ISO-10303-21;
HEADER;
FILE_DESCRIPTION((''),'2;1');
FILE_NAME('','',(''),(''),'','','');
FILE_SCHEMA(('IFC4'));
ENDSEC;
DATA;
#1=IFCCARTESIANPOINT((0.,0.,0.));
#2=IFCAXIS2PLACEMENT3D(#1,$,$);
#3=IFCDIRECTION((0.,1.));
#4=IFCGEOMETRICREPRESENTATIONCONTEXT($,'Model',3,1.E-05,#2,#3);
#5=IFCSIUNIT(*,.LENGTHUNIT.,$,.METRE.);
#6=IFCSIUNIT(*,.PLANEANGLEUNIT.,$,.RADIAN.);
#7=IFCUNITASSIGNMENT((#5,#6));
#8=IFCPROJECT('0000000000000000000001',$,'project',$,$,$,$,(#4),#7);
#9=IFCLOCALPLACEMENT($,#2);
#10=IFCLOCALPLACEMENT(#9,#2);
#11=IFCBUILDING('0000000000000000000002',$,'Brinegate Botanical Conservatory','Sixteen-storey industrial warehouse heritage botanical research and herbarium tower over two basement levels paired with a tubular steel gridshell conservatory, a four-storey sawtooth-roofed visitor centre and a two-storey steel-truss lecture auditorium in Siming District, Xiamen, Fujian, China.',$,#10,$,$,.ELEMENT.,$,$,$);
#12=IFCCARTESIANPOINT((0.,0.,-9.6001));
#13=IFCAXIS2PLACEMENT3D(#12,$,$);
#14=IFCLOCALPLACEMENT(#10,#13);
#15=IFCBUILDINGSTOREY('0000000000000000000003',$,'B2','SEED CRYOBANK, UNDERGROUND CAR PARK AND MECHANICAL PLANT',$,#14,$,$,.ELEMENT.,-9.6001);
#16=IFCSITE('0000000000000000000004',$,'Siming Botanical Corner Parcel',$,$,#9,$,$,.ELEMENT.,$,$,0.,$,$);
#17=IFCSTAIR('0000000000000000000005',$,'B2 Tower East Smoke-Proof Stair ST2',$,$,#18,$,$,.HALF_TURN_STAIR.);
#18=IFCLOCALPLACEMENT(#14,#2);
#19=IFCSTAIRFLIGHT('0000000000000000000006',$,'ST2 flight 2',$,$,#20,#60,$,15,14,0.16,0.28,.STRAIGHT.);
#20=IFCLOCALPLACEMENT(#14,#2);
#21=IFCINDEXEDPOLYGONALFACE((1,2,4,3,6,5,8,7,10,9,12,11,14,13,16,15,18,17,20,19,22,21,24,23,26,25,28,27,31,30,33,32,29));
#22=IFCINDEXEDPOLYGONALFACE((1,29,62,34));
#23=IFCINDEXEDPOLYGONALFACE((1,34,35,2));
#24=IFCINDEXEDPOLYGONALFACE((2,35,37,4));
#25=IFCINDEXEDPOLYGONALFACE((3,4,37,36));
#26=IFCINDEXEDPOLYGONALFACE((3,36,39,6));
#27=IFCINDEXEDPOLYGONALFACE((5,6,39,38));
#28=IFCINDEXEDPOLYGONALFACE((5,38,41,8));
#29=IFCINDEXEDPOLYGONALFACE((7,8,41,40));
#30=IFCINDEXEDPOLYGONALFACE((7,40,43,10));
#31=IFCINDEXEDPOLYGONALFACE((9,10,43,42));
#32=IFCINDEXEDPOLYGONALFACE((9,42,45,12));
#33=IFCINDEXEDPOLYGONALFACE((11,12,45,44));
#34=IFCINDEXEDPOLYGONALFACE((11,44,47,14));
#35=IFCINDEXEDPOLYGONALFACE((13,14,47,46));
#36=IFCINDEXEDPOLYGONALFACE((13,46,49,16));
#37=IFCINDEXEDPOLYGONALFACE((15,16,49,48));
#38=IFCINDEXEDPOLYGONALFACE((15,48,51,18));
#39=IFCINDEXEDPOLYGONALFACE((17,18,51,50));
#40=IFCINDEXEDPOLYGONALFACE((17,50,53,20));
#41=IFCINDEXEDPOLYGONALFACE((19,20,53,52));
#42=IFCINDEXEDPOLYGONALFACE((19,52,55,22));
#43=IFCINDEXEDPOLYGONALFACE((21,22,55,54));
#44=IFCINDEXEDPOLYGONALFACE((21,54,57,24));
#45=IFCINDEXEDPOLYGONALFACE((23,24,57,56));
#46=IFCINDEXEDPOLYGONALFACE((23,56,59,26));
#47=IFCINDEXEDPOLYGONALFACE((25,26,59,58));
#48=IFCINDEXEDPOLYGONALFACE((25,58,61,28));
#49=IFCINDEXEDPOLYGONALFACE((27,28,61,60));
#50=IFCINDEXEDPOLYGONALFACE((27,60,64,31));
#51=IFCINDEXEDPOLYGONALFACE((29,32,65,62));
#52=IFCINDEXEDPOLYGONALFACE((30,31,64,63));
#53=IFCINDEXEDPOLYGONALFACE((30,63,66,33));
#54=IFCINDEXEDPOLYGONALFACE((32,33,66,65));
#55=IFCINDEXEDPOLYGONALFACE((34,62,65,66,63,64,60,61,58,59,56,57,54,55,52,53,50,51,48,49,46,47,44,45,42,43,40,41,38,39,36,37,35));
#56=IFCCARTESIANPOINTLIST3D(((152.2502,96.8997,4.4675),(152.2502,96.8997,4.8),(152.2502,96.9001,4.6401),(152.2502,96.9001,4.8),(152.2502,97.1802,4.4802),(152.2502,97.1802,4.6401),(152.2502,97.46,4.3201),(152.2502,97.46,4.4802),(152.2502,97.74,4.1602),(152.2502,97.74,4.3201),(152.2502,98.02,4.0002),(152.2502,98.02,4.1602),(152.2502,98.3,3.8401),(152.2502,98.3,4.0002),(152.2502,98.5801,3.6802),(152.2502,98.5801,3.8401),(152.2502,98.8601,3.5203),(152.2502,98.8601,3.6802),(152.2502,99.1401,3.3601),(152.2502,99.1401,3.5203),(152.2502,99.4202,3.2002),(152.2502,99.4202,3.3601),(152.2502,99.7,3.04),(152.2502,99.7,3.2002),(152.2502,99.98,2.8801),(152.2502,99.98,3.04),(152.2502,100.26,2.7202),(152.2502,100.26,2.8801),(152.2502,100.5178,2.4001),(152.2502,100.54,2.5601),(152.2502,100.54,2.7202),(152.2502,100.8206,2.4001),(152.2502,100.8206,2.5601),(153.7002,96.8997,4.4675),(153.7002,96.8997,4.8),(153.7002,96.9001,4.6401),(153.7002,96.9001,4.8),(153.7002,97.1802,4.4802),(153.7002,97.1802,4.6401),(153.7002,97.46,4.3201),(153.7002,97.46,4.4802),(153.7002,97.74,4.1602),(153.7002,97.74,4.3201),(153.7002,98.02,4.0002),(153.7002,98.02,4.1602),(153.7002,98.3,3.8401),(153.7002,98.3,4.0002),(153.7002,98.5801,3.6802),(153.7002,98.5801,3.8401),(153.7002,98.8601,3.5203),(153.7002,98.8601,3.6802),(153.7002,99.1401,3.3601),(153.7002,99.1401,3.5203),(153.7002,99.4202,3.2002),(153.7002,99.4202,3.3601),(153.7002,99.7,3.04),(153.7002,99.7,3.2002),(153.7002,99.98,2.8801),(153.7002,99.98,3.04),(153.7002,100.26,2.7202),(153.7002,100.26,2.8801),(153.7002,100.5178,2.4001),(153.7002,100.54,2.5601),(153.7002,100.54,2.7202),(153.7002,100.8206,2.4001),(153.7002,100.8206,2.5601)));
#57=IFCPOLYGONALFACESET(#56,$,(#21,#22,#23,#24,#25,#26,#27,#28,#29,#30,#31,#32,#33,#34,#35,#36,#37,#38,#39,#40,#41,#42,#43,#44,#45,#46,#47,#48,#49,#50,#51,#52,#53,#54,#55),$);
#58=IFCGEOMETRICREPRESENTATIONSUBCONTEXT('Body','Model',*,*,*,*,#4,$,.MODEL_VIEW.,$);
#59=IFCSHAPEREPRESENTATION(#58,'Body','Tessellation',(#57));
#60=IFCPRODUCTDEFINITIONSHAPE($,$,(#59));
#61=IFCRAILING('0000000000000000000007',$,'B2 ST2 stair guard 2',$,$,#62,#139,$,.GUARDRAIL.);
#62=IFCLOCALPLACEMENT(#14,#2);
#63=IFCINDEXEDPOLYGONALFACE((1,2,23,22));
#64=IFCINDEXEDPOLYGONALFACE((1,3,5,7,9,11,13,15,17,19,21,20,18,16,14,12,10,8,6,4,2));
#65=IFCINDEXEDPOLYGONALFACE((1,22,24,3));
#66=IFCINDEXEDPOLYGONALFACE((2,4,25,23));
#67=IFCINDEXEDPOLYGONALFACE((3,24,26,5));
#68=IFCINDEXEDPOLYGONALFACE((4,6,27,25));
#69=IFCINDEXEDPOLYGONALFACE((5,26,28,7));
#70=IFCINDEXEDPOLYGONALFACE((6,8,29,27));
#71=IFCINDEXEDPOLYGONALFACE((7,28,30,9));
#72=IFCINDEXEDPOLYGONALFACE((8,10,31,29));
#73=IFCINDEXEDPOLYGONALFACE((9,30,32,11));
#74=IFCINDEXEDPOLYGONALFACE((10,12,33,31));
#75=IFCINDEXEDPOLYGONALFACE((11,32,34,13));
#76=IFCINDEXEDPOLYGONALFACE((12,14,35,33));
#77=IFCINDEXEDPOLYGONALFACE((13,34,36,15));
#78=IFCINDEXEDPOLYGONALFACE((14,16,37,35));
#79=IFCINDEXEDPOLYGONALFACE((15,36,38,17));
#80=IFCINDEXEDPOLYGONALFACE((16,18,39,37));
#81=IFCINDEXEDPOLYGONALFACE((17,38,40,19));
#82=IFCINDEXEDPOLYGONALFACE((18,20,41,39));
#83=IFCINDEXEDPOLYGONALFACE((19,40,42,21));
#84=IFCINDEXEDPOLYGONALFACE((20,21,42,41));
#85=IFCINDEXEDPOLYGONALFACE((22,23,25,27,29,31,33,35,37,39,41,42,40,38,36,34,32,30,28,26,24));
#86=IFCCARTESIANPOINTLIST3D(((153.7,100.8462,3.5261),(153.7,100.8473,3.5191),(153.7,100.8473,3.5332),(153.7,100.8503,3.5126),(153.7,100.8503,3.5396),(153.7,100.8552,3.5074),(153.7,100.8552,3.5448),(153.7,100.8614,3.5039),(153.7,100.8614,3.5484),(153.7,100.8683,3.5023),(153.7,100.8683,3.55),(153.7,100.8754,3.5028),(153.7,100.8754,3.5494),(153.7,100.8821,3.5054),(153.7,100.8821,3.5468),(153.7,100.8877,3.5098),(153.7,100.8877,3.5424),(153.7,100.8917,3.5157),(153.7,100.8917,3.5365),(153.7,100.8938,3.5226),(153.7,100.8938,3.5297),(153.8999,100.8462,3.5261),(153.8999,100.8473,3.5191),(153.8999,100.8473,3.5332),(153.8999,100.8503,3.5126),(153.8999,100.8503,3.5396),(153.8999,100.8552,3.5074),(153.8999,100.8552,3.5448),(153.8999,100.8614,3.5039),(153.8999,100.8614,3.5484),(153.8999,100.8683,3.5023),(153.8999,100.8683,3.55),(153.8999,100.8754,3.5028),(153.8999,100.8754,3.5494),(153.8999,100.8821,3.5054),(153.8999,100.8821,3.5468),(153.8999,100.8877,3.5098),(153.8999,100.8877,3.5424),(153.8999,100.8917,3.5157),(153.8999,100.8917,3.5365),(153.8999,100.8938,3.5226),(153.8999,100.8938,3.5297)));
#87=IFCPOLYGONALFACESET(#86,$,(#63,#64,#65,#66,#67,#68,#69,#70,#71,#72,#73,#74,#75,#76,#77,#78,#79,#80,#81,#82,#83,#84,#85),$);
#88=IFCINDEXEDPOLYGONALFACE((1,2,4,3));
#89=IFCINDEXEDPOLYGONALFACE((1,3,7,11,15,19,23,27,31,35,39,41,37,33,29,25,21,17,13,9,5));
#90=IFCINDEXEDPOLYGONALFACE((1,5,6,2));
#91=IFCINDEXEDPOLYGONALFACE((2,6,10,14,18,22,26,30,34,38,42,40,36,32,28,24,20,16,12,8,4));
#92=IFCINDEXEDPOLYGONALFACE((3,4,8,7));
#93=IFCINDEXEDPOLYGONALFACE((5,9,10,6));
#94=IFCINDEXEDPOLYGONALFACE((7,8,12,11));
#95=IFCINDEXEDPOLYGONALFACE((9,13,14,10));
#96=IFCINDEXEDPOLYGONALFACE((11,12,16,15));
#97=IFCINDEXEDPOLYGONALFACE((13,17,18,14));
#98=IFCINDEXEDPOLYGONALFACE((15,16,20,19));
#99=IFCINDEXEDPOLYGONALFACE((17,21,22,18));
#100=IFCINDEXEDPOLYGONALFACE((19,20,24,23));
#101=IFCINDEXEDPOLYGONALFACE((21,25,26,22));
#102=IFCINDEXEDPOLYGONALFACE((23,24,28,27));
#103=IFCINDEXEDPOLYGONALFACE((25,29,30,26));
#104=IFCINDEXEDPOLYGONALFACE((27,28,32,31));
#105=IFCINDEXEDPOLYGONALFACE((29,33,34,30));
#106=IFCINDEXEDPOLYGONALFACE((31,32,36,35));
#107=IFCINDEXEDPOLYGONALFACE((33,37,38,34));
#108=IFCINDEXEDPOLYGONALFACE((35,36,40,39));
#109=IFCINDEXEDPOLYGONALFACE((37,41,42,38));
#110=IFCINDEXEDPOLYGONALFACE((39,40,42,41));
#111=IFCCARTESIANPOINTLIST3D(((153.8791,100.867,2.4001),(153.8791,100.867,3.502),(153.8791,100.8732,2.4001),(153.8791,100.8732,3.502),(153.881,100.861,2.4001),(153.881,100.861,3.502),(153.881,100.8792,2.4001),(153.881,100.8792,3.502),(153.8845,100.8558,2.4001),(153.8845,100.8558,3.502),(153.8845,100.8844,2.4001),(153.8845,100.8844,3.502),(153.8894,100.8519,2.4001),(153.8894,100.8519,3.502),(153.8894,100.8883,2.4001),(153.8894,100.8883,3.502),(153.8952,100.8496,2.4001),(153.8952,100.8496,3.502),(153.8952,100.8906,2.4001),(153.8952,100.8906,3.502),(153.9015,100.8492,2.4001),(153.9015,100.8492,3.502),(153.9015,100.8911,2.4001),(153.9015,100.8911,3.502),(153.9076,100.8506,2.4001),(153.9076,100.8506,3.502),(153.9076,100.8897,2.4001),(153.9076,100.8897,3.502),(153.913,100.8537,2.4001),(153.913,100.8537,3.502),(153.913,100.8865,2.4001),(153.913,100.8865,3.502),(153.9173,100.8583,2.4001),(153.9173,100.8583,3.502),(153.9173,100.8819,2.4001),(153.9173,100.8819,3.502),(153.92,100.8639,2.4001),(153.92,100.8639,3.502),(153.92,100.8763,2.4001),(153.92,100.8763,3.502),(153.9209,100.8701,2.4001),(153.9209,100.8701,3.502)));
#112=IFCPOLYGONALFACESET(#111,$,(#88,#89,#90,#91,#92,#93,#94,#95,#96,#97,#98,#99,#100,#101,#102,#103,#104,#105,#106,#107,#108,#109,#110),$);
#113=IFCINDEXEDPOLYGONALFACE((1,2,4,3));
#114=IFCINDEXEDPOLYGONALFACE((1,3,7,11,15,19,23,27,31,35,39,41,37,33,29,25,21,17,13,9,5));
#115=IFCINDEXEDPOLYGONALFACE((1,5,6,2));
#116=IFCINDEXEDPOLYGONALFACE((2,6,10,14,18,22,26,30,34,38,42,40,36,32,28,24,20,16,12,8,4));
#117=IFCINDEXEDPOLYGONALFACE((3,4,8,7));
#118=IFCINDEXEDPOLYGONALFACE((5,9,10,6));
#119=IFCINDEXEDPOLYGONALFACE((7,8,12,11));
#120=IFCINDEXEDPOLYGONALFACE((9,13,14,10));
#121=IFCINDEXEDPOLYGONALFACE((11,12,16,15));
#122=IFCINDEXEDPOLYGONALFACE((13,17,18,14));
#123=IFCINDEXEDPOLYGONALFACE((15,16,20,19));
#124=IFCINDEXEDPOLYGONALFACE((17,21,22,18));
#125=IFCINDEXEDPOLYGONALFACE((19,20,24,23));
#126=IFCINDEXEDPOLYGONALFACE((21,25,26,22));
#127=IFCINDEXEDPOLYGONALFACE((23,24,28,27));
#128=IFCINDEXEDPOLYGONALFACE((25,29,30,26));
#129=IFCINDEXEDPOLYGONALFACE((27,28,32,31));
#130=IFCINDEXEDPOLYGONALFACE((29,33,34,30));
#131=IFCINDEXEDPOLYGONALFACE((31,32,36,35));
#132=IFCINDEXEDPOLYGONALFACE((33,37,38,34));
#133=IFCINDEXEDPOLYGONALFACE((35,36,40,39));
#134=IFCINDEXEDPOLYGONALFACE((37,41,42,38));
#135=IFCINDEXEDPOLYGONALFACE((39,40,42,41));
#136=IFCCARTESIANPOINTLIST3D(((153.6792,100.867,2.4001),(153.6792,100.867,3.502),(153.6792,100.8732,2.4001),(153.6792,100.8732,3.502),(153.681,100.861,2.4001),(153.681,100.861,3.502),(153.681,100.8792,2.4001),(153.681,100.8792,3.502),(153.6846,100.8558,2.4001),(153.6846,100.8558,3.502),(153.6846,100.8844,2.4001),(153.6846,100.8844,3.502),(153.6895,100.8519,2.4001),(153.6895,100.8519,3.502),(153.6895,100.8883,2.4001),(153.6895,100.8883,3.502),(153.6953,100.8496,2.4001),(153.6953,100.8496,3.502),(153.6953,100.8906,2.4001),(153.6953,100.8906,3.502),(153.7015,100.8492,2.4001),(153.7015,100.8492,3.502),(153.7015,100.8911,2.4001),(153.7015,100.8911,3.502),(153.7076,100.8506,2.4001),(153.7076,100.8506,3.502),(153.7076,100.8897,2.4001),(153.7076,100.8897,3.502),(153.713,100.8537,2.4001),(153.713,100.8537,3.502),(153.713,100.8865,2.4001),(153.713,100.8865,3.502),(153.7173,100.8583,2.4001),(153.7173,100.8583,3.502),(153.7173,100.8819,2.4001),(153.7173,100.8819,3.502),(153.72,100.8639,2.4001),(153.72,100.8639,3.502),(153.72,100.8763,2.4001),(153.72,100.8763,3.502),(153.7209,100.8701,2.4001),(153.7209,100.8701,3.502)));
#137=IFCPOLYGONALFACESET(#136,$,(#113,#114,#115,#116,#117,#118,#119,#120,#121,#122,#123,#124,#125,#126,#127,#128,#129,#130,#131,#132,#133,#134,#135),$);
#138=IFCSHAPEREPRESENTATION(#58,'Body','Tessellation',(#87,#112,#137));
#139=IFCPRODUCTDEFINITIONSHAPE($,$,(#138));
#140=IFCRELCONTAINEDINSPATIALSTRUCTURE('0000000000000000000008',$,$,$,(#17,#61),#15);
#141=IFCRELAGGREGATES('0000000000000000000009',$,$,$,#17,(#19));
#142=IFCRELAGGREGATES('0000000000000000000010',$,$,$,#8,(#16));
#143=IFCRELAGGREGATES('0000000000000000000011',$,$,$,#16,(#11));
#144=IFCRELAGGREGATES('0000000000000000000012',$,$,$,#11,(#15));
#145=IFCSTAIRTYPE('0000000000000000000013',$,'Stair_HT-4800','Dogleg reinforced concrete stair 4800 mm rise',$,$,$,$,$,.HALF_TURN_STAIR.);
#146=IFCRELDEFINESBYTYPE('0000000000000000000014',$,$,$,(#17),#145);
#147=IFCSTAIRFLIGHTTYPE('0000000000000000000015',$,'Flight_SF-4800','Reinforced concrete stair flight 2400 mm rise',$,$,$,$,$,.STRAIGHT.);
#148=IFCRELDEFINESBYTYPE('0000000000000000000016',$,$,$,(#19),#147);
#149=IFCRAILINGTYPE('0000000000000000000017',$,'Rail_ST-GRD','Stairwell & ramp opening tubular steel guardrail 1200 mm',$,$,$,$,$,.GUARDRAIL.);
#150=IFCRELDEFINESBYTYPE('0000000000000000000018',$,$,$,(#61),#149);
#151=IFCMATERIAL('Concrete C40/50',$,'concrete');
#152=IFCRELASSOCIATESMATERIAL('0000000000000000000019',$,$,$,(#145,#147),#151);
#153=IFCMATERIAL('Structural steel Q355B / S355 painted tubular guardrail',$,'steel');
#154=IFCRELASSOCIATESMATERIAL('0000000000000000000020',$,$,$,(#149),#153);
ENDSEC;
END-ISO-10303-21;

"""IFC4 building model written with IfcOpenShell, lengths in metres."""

from ifc_helpers import new_model, si_unit, direction, frame, origin, origin_2d, place, context, subcontext, project, spatial, polyline, circle, outline, extrude, material, type_object, element, aggregate, save


model = new_model("IFC4")

# Units and contexts
model_context = context("Model", 3, precision=1e-05, world=origin(), true_north=direction((0.0, 1.0)))
body_context = subcontext(model_context, "Body", "Model", "MODEL_VIEW")
ifc_project = project(units=[si_unit("LENGTHUNIT", "METRE"), si_unit("PLANEANGLEUNIT", "RADIAN")], contexts=[model_context])

# Site, building, storey
site_placement = place(None, origin())
site = spatial("IfcSite", under=ifc_project, at=site_placement, Name="Siming Botanical Corner Parcel", CompositionType="ELEMENT", RefElevation=0.0)
building_placement = place(site_placement, origin())
building = spatial("IfcBuilding", under=site, at=building_placement, Name="Brinegate Botanical Conservatory", Description="Sixteen-storey industrial warehouse heritage botanical research and herbarium tower over two basement levels paired with a tubular steel gridshell conservatory, a four-storey sawtooth-roofed visitor centre and a two-storey steel-truss lecture auditorium in Siming District, Xiamen, Fujian, China.", CompositionType="ELEMENT")
storey_placement = place(building_placement, frame((0.0, 0.0, -9.6001)))
storey = spatial("IfcBuildingStorey", under=building, at=storey_placement, Name="B2", Description="SEED CRYOBANK, UNDERGROUND CAR PARK AND MECHANICAL PLANT", CompositionType="ELEMENT", Elevation=-9.6001)

# Shared definitions
ifc_material_1 = material(Name="Concrete C40/50", Category="concrete")

# Stair, stair flight
stair_type = type_object("IfcStairType", Name="Stair_HT-4800", Description="Dogleg reinforced concrete stair 4800 mm rise", PredefinedType="HALF_TURN_STAIR", material=ifc_material_1)
stair_placement = place(storey_placement, origin())
stair = element("IfcStair", 1, at=stair_placement, inside=storey, type_object=stair_type, Name="B2 Tower East Smoke-Proof Stair ST2", PredefinedType="HALF_TURN_STAIR")
stair_flight_type = type_object("IfcStairFlightType", Name="Flight_SF-4800", Description="Reinforced concrete stair flight 2400 mm rise", PredefinedType="STRAIGHT", material=ifc_material_1)
stair_flight_placement = place(storey_placement, frame((152.9751, 100.8201, 2.4001), z_axis=(0.0, 0.0, 1.0), x_axis=(0.0, -1.0, 0.0)))
stair_flight = element("IfcStairFlight", 2, at=stair_flight_placement, type_object=stair_flight_type, Name="ST2 flight 2", NumberOfRisers=15, NumberOfTreads=14, PredefinedType="STRAIGHT", RiserHeight=0.16, TreadLength=0.28, context=body_context, shape_type="SweptSolid", body=[
    extrude(outline(polyline([(-0.0005, 0.0), (-0.0005, 0.1599), (0.28, 0.1599), (0.28, 0.3201), (0.5601, 0.3201), (0.5601, 0.48), (0.8401, 0.48), (0.8401, 0.6399), (1.1201, 0.6399), (1.1201, 0.8), (1.3999, 0.8), (1.3999, 0.96), (1.6799, 0.96), (1.6799, 1.1201), (1.96, 1.1201), (1.96, 1.28), (2.24, 1.28), (2.24, 1.4399), (2.52, 1.4399), (2.52, 1.6001), (2.8, 1.6001), (2.8, 1.76), (3.0801, 1.76), (3.0801, 1.9199), (3.3601, 1.9199), (3.3601, 2.0801), (3.6399, 2.0801), (3.6399, 2.24), (3.9199, 2.24), (3.9199, 2.3999), (3.9204, 2.3999), (3.9204, 2.0674), (0.3022, 0.0), (-0.0005, 0.0)])), frame((0.0, 0.7251, 0.0), z_axis=(0.0, -1.0, 0.0), x_axis=(1.0, 0.0, 0.0)), (0.0, 0.0, 1.0), 1.45),
])
aggregate(stair, [stair_flight])

# Railing
ifc_material_2 = material(Name="Structural steel Q355B / S355 painted tubular guardrail", Category="steel")
railing_type_1 = type_object("IfcRailingType", Name="Rail_ST-GRD", Description="Stairwell & ramp opening tubular steel guardrail 1200 mm", PredefinedType="GUARDRAIL", material=ifc_material_2)
railing_1_placement = place(storey_placement, frame((153.8999, 100.8701, 2.4001)))
element("IfcRailing", 3, at=railing_1_placement, inside=storey, type_object=railing_type_1, Name="B2 ST2 stair guard 2", PredefinedType="GUARDRAIL", context=body_context, shape_type="SweptSolid", body=[
    extrude(circle(Radius=0.0239, at=origin_2d()), frame((0.0, 0.0, 1.126), z_axis=(-1.0, 0.0, 0.0), x_axis=(0.0, -1.0, 0.0)), (0.0, 0.0, 1.0), 0.2),
    extrude(circle(Radius=0.021, at=origin_2d()), origin(), (0.0, 0.0, 1.0), 1.1018),
    extrude(circle(Radius=0.021, at=origin_2d()), frame((-0.2, 0.0, 0.0)), (0.0, 0.0, 1.0), 1.1018),
])

save(model, "model.ifc")
